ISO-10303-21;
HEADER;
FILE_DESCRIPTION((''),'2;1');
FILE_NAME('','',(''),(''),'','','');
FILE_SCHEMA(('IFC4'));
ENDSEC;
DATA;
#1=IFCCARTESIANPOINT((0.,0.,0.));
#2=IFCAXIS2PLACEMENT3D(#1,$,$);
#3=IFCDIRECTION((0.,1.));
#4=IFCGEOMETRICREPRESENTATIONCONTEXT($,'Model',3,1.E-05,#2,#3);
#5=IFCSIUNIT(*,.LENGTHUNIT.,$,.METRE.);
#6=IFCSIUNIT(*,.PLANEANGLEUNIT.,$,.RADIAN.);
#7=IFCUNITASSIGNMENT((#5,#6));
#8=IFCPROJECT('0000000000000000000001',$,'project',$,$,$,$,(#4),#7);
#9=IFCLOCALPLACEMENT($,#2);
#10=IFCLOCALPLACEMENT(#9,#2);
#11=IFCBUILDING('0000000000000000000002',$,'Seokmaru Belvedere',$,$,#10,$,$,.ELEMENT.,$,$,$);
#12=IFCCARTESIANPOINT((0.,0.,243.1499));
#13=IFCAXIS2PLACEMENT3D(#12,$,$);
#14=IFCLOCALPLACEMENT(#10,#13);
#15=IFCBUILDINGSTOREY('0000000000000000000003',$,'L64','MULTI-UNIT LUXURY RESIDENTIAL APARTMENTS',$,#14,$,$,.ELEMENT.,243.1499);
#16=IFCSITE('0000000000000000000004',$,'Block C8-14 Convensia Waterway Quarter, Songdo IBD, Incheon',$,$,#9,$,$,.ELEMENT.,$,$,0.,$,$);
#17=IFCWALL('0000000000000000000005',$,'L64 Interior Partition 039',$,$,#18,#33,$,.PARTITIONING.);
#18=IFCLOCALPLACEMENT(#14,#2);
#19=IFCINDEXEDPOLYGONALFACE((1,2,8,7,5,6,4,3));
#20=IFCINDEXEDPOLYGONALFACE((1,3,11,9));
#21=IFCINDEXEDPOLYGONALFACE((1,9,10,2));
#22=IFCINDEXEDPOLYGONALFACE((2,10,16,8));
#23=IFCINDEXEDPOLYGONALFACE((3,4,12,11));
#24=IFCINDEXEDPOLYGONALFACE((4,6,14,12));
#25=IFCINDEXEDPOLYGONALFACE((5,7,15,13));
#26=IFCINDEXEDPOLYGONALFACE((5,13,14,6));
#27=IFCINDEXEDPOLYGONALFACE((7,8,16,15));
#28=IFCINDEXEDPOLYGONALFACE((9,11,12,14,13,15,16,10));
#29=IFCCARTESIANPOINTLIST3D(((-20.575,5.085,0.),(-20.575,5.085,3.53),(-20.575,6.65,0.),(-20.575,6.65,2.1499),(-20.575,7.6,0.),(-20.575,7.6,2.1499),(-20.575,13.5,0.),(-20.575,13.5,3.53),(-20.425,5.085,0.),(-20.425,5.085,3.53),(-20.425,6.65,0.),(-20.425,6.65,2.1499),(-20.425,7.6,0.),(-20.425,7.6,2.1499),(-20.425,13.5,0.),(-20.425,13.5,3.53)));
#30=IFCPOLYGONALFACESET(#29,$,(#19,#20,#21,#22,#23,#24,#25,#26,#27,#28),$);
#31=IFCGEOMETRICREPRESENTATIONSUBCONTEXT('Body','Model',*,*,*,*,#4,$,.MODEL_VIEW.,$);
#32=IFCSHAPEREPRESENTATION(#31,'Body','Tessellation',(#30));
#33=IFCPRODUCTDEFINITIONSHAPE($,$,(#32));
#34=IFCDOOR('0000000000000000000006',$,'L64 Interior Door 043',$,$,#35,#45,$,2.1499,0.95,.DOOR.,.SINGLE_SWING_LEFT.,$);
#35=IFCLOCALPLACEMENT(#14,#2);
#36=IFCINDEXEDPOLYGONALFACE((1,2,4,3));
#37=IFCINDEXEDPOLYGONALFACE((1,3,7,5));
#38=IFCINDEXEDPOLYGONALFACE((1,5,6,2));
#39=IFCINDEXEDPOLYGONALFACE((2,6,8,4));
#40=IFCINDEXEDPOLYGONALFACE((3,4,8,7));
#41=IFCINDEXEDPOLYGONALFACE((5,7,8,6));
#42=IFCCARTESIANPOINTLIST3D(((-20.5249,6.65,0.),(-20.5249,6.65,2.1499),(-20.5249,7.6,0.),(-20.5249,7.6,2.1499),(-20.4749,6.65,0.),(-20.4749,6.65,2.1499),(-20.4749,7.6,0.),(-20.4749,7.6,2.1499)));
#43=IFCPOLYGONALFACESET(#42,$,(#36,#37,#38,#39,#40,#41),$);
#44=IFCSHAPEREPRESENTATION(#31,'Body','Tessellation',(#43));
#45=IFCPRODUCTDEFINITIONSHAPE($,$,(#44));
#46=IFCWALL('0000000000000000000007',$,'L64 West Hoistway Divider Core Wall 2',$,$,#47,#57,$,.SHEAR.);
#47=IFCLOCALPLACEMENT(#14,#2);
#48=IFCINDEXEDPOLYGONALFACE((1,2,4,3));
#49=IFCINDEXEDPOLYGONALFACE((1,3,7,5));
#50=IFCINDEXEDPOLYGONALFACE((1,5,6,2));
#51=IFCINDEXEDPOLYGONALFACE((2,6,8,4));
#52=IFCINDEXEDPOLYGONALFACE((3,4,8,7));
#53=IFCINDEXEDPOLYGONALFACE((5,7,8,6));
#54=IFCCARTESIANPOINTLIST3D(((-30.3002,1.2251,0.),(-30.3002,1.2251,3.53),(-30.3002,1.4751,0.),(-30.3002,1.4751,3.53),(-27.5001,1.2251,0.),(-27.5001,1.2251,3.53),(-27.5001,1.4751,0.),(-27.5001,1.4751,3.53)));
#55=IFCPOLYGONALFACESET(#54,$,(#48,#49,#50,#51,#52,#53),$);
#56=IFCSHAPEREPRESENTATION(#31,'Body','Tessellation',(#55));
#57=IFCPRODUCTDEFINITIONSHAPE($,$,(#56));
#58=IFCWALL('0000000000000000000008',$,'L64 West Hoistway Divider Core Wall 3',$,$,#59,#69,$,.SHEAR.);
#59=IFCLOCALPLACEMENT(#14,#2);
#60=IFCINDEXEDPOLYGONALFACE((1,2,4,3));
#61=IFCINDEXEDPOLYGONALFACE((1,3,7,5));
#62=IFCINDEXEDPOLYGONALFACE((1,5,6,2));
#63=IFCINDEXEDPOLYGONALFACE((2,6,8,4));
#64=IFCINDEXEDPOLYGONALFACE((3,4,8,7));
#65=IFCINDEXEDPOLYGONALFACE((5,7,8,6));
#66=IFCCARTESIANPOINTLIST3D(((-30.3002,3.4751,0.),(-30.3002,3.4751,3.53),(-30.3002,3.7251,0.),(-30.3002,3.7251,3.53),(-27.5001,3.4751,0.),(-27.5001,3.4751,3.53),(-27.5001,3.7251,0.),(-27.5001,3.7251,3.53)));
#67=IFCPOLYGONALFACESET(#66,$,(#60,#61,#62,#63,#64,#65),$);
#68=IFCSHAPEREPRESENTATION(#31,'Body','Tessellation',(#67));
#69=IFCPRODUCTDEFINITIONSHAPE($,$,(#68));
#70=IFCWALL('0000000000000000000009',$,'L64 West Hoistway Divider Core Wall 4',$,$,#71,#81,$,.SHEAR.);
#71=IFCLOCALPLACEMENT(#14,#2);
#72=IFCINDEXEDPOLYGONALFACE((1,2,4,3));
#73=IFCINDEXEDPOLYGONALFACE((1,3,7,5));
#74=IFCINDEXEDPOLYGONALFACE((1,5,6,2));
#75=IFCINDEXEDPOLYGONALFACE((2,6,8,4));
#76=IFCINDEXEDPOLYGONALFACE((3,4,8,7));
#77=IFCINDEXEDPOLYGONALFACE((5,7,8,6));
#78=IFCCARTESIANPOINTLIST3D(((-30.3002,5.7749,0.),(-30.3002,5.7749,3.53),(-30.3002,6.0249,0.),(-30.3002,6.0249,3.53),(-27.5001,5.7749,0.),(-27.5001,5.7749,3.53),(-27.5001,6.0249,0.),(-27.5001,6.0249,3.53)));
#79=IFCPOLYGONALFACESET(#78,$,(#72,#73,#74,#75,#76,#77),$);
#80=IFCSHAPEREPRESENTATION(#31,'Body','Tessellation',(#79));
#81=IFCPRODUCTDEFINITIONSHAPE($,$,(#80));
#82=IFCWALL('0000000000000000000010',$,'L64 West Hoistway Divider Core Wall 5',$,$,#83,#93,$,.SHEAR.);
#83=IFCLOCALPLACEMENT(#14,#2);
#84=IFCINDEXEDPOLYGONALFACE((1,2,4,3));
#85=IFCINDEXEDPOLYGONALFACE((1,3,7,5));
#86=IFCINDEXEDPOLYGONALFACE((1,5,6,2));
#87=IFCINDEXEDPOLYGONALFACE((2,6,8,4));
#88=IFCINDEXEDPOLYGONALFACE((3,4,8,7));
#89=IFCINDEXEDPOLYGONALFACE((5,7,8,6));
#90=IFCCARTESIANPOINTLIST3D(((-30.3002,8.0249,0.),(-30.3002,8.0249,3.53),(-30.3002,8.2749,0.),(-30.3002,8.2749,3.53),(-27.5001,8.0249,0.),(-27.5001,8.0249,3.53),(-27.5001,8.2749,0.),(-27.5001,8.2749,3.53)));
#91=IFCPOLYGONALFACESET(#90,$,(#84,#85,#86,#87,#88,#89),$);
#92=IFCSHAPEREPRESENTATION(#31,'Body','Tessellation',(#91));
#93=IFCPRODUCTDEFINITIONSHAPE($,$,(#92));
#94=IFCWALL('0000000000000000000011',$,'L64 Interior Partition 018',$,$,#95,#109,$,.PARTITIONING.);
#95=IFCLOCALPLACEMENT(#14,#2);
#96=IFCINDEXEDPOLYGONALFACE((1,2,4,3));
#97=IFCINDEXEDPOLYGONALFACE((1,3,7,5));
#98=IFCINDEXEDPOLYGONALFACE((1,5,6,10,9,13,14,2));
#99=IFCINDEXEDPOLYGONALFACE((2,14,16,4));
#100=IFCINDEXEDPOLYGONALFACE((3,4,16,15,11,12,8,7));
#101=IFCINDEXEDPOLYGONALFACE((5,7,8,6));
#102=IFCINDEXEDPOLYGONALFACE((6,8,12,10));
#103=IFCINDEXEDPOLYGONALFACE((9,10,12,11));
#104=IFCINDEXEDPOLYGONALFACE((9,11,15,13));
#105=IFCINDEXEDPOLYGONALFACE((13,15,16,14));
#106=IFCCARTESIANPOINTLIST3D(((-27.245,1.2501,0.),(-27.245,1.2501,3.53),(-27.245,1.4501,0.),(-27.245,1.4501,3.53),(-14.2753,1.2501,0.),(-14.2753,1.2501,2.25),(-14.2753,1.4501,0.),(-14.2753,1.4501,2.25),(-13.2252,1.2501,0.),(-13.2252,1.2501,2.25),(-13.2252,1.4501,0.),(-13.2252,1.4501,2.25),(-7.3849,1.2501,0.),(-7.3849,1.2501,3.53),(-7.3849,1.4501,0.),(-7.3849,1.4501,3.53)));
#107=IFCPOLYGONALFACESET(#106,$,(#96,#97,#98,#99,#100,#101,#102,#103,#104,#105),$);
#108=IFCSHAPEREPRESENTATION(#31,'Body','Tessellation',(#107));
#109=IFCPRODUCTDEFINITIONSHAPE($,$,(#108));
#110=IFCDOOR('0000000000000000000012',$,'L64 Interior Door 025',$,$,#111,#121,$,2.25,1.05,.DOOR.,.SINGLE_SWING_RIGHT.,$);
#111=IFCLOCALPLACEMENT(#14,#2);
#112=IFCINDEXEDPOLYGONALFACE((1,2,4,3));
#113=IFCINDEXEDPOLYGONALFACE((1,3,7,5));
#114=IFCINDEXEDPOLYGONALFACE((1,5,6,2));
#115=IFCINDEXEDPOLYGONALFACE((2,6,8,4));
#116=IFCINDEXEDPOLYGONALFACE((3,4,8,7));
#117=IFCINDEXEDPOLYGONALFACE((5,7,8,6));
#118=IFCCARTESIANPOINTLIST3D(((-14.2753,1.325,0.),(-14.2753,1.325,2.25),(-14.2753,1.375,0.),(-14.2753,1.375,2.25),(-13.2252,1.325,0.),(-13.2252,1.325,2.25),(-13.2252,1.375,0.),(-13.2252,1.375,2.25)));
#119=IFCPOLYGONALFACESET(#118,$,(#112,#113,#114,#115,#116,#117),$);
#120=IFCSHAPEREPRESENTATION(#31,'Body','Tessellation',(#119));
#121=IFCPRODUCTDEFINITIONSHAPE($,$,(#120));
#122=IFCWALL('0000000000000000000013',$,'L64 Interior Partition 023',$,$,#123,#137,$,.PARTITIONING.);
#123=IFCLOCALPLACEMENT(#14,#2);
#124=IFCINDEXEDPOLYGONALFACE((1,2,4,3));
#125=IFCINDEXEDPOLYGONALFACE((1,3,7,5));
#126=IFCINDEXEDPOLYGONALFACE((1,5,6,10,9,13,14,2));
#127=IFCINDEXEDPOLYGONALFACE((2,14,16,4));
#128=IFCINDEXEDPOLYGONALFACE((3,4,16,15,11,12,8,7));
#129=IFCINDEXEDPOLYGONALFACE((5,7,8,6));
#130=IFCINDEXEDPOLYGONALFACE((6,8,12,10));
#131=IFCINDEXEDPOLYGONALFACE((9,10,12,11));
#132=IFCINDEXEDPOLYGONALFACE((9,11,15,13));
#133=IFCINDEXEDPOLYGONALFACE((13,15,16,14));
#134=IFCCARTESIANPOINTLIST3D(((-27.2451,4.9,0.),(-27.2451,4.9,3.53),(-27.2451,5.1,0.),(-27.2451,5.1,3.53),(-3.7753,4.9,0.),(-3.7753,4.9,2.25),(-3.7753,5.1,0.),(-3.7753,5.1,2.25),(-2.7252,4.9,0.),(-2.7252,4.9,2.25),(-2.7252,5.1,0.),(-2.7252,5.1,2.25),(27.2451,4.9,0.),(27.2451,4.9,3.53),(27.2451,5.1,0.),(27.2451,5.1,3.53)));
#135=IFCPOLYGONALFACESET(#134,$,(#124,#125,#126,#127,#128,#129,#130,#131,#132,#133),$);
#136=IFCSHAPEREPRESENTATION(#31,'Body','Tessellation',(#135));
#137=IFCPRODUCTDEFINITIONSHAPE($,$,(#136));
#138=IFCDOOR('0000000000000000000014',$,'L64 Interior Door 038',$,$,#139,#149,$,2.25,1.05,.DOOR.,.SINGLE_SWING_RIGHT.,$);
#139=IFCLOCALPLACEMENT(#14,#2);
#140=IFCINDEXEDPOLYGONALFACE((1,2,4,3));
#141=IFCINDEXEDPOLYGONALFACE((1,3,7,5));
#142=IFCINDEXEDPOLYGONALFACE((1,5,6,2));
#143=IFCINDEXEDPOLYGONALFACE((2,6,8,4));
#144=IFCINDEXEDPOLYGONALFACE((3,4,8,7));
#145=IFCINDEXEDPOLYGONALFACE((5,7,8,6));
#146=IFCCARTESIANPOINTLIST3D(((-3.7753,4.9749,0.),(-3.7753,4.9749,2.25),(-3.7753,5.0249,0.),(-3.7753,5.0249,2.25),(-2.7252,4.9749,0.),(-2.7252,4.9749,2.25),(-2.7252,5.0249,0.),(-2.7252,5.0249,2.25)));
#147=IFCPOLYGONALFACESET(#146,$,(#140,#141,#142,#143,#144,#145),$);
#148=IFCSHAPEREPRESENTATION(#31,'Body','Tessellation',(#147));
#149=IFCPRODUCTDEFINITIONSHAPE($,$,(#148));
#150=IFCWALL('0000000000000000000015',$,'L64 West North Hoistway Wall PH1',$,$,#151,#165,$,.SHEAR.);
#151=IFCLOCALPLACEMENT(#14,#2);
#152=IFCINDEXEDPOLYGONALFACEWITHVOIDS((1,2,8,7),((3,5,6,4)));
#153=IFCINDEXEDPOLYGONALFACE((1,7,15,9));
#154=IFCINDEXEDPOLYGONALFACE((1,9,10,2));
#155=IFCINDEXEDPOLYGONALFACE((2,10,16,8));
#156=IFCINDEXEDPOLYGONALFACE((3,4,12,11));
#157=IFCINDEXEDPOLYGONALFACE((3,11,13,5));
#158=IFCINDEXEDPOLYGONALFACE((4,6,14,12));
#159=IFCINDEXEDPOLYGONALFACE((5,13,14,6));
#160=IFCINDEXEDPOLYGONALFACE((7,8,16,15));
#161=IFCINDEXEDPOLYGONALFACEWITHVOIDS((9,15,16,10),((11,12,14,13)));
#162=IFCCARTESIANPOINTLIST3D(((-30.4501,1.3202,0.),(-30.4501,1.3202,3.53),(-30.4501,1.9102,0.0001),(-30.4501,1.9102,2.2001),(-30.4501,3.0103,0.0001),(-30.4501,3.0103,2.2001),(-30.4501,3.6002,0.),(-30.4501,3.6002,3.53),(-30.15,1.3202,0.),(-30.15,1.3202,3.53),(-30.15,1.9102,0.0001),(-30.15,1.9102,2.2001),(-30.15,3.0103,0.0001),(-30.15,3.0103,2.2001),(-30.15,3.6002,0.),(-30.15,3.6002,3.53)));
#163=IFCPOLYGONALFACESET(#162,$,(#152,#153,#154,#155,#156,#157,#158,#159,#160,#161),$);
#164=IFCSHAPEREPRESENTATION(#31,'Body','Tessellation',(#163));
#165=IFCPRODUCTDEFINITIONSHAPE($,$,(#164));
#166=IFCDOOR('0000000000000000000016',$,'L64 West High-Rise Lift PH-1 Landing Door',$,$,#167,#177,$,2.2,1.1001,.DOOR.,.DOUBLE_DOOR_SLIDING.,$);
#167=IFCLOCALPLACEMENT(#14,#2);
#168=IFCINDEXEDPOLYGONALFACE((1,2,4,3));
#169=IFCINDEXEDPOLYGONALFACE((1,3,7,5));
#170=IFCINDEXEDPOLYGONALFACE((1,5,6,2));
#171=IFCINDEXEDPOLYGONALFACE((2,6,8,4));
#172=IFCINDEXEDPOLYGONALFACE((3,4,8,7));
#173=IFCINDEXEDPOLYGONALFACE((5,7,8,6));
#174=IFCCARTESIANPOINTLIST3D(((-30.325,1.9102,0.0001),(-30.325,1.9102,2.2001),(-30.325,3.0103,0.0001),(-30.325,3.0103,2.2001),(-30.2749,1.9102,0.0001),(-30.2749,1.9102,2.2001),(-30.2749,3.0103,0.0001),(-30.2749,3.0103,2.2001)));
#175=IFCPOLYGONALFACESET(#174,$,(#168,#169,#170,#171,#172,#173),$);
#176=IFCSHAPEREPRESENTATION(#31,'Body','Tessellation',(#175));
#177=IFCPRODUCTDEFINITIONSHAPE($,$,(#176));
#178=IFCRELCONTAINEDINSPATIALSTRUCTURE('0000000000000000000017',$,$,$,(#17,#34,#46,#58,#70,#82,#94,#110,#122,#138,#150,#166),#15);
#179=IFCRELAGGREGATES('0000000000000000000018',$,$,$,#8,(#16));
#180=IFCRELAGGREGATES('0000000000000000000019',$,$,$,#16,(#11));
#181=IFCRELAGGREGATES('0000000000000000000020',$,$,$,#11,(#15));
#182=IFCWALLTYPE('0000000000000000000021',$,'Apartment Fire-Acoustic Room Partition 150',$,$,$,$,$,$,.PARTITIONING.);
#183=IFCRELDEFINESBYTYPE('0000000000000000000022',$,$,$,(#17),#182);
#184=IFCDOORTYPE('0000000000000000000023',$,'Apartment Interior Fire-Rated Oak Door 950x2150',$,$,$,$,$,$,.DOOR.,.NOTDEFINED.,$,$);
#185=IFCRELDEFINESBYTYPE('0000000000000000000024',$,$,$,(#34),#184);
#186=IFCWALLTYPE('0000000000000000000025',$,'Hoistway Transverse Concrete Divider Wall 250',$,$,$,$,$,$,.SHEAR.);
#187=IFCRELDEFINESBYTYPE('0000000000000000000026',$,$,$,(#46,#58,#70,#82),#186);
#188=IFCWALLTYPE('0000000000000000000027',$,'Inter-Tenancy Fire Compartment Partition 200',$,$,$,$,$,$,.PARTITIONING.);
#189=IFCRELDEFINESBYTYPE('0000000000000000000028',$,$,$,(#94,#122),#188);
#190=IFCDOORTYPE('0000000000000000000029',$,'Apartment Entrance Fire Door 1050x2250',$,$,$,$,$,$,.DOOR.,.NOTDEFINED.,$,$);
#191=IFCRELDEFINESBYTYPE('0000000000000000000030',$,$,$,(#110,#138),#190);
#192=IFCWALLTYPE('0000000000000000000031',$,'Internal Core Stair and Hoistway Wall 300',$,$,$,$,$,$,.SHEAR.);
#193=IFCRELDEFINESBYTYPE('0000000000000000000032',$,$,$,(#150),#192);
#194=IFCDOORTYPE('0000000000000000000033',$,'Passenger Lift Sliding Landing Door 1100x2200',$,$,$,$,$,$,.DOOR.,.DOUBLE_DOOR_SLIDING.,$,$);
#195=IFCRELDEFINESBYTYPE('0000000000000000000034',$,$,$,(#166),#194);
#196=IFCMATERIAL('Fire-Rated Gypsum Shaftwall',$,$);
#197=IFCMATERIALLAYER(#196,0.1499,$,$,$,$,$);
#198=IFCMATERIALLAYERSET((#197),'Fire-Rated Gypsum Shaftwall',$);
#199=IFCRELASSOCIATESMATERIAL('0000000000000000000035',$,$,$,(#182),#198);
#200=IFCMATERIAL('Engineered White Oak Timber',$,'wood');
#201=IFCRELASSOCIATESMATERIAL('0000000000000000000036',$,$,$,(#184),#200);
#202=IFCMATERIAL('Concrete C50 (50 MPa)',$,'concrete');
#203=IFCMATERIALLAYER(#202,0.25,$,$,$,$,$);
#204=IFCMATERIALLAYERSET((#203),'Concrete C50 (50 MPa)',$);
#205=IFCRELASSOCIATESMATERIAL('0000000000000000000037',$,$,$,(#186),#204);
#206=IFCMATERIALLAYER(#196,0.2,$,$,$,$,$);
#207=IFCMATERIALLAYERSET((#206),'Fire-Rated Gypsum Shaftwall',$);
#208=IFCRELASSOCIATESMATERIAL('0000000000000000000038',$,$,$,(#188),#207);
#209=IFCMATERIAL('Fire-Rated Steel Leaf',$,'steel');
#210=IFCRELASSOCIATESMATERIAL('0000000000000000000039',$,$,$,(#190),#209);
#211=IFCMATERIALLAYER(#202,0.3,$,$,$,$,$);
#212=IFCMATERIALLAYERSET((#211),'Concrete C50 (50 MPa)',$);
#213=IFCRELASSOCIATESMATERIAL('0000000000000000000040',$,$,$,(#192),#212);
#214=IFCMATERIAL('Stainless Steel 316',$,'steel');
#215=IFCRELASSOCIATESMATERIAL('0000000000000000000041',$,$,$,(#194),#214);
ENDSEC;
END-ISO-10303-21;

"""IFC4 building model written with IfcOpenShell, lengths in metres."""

from ifc_helpers import new_model, si_unit, direction, frame, frame_2d, origin, place, context, subcontext, project, spatial, rectangle, extrude, source, transform, mapped, material, layer, layer_set, type_object, type_shapes, element, fill, save


model = new_model("IFC4")

# Units and contexts
model_context = context("Model", 3, precision=1e-05, world=origin(), true_north=direction((0.0, 1.0)))
body_context = subcontext(model_context, "Body", "Model", "MODEL_VIEW")
ifc_project = project(units=[si_unit("LENGTHUNIT", "METRE"), si_unit("PLANEANGLEUNIT", "RADIAN")], contexts=[model_context])

# Site, building, storey
site_placement = place(None, origin())
site = spatial("IfcSite", under=ifc_project, at=site_placement, Name="Block C8-14 Convensia Waterway Quarter, Songdo IBD, Incheon", CompositionType="ELEMENT", RefElevation=0.0)
building_placement = place(site_placement, origin())
building = spatial("IfcBuilding", under=site, at=building_placement, Name="Seokmaru Belvedere", CompositionType="ELEMENT")
storey_placement = place(building_placement, frame((0.0, 0.0, 243.1499)))
storey = spatial("IfcBuildingStorey", under=building, at=storey_placement, Name="L64", Description="MULTI-UNIT LUXURY RESIDENTIAL APARTMENTS", CompositionType="ELEMENT", Elevation=243.1499)

# Wall, opening, door
ifc_material_1 = material(Name="Fire-Rated Gypsum Shaftwall")
ifc_layer_1 = layer(ifc_material_1, 0.1499)
ifc_layer_set_1 = layer_set([ifc_layer_1], Name="Fire-Rated Gypsum Shaftwall")
wall_type_1 = type_object("IfcWallType", Name="Apartment Fire-Acoustic Room Partition 150", PredefinedType="PARTITIONING", material=ifc_layer_set_1)
ifc_material_2 = material(Name="Engineered White Oak Timber", Category="wood")
door_type_1 = type_object("IfcDoorType", Name="Apartment Interior Fire-Rated Oak Door 950x2150", OperationType="NOTDEFINED", PredefinedType="DOOR", material=ifc_material_2)
shared_shape_1 = source(origin(), body_context, "Body", "SweptSolid", [
    extrude(rectangle(XDim=0.95, YDim=2.1499, at=frame_2d((0.4751, 1.075))), frame((0.0, 0.0249, 0.0), z_axis=(0.0, -1.0, 0.0), x_axis=(1.0, 0.0, 0.0)), (0.0, 0.0, 1.0), 0.05),
])
type_shapes(door_type_1, [shared_shape_1])
wall_1_placement = place(storey_placement, frame((-20.5, 5.085, 0.0), z_axis=(0.0, 0.0, 1.0), x_axis=(0.0, 1.0, 0.0)))
wall_1 = element("IfcWall", 1, at=wall_1_placement, inside=storey, type_object=wall_type_1, Name="L64 Interior Partition 039", PredefinedType="PARTITIONING", context=body_context, shape_type="SweptSolid", body=[
    extrude(rectangle(XDim=8.415, YDim=0.1499, at=frame_2d((4.2075, 0.0))), origin(), (0.0, 0.0, 1.0), 3.53),
])
opening_1_placement = place(wall_1_placement, frame((1.5649, 0.0, 0.0)))
opening_1 = element("IfcOpeningElement", 2, at=opening_1_placement, cuts=wall_1, PredefinedType="OPENING", context=body_context, shape_type="SweptSolid", body=[
    extrude(rectangle(XDim=0.95, YDim=2.1499, at=frame_2d((0.4751, 1.075))), frame((0.0, 0.085, 0.0), z_axis=(0.0, -1.0, 0.0), x_axis=(1.0, 0.0, 0.0)), (0.0, 0.0, 1.0), 0.1699),
])
door_1_placement = place(opening_1_placement, origin())
door_1 = element("IfcDoor", 3, at=door_1_placement, inside=storey, type_object=door_type_1, Name="L64 Interior Door 043", OperationType="SINGLE_SWING_LEFT", OverallHeight=2.1499, OverallWidth=0.95, PredefinedType="DOOR", context=body_context, shape_type="MappedRepresentation", body=[
    mapped(shared_shape_1, transform((0.0, 0.0, 0.0), scale=1.0)),
])
fill(opening_1, door_1)

# Walls
ifc_material_3 = material(Name="Concrete C50 (50 MPa)", Category="concrete")
ifc_layer_2 = layer(ifc_material_3, 0.25)
ifc_layer_set_2 = layer_set([ifc_layer_2], Name="Concrete C50 (50 MPa)")
wall_type_2 = type_object("IfcWallType", Name="Hoistway Transverse Concrete Divider Wall 250", PredefinedType="SHEAR", material=ifc_layer_set_2)
for number, where, z_axis, x_axis, name in (
    (4, (-30.3, 1.3501, 0.0), (0.0, 0.0, 1.0), (1.0, 0.0, 0.0), "L64 West Hoistway Divider Core Wall 2"),
    (5, (-30.3, 3.6001, 0.0), (0.0, 0.0, 1.0), (1.0, 0.0, 0.0), "L64 West Hoistway Divider Core Wall 3"),
    (6, (-30.3, 5.8999, 0.0), (0.0, 0.0, 1.0), (1.0, 0.0, 0.0), "L64 West Hoistway Divider Core Wall 4"),
    (7, (-30.3, 8.1499, 0.0), (0.0, 0.0, 1.0), (1.0, 0.0, 0.0), "L64 West Hoistway Divider Core Wall 5"),
):
    element("IfcWall", number, at=place(storey_placement, frame(where, z_axis=z_axis, x_axis=x_axis)), inside=storey, type_object=wall_type_2, Name=name, PredefinedType="SHEAR", context=body_context, shape_type="SweptSolid", body=[
        extrude(rectangle(XDim=2.8, YDim=0.25, at=frame_2d((1.3999, 0.0))), origin(), (0.0, 0.0, 1.0), 3.53),
    ])

# Walls, openings, doors
ifc_layer_3 = layer(ifc_material_1, 0.2)
ifc_layer_set_3 = layer_set([ifc_layer_3], Name="Fire-Rated Gypsum Shaftwall")
wall_type_3 = type_object("IfcWallType", Name="Inter-Tenancy Fire Compartment Partition 200", PredefinedType="PARTITIONING", material=ifc_layer_set_3)
wall_2_placement = place(storey_placement, frame((-27.2451, 1.3501, 0.0), z_axis=(0.0, 0.0, 1.0), x_axis=(1.0, 0.0, 0.0)))
wall_2 = element("IfcWall", 8, at=wall_2_placement, inside=storey, type_object=wall_type_3, Name="L64 Interior Partition 018", PredefinedType="PARTITIONING", context=body_context, shape_type="SweptSolid", body=[
    extrude(rectangle(XDim=19.8601, YDim=0.2, at=frame_2d((9.9302, 0.0))), origin(), (0.0, 0.0, 1.0), 3.53),
])
opening_2_placement = place(wall_2_placement, frame((12.97, 0.0, 0.0)))
opening_2 = element("IfcOpeningElement", 9, at=opening_2_placement, cuts=wall_2, PredefinedType="OPENING", context=body_context, shape_type="SweptSolid", body=[
    extrude(rectangle(XDim=1.05, YDim=2.25, at=frame_2d((0.5249, 1.125))), frame((0.0, 0.1099, 0.0), z_axis=(0.0, -1.0, 0.0), x_axis=(1.0, 0.0, 0.0)), (0.0, 0.0, 1.0), 0.22),
])
ifc_material_4 = material(Name="Fire-Rated Steel Leaf", Category="steel")
door_type_2 = type_object("IfcDoorType", Name="Apartment Entrance Fire Door 1050x2250", OperationType="NOTDEFINED", PredefinedType="DOOR", material=ifc_material_4)
shared_shape_2 = source(origin(), body_context, "Body", "SweptSolid", [
    extrude(rectangle(XDim=1.05, YDim=2.25, at=frame_2d((0.5249, 1.125))), frame((0.0, 0.0249, 0.0), z_axis=(0.0, -1.0, 0.0), x_axis=(1.0, 0.0, 0.0)), (0.0, 0.0, 1.0), 0.05),
])
type_shapes(door_type_2, [shared_shape_2])
door_2_placement = place(opening_2_placement, origin())
door_2 = element("IfcDoor", 10, at=door_2_placement, inside=storey, type_object=door_type_2, Name="L64 Interior Door 025", OperationType="SINGLE_SWING_RIGHT", OverallHeight=2.25, OverallWidth=1.05, PredefinedType="DOOR", context=body_context, shape_type="MappedRepresentation", body=[
    mapped(shared_shape_2, transform((0.0, 0.0, 0.0), scale=1.0)),
])
fill(opening_2, door_2)
wall_3_placement = place(storey_placement, frame((-27.2451, 5.0, 0.0), z_axis=(0.0, 0.0, 1.0), x_axis=(1.0, 0.0, 0.0)))
wall_3 = element("IfcWall", 11, at=wall_3_placement, inside=storey, type_object=wall_type_3, Name="L64 Interior Partition 023", PredefinedType="PARTITIONING", context=body_context, shape_type="SweptSolid", body=[
    extrude(rectangle(XDim=54.4902, YDim=0.2, at=frame_2d((27.2451, 0.0))), origin(), (0.0, 0.0, 1.0), 3.53),
])
opening_3_placement = place(wall_3_placement, frame((23.47, 0.0, 0.0)))
opening_3 = element("IfcOpeningElement", 12, at=opening_3_placement, cuts=wall_3, PredefinedType="OPENING", context=body_context, shape_type="SweptSolid", body=[
    extrude(rectangle(XDim=1.05, YDim=2.25, at=frame_2d((0.5249, 1.125))), frame((0.0, 0.1099, 0.0), z_axis=(0.0, -1.0, 0.0), x_axis=(1.0, 0.0, 0.0)), (0.0, 0.0, 1.0), 0.22),
])
door_3_placement = place(opening_3_placement, origin())
door_3 = element("IfcDoor", 13, at=door_3_placement, inside=storey, type_object=door_type_2, Name="L64 Interior Door 038", OperationType="SINGLE_SWING_RIGHT", OverallHeight=2.25, OverallWidth=1.05, PredefinedType="DOOR", context=body_context, shape_type="MappedRepresentation", body=[
    mapped(shared_shape_2, transform((0.0, 0.0, 0.0), scale=1.0)),
])
fill(opening_3, door_3)
ifc_layer_4 = layer(ifc_material_3, 0.3)
ifc_layer_set_4 = layer_set([ifc_layer_4], Name="Concrete C50 (50 MPa)")
wall_type_4 = type_object("IfcWallType", Name="Internal Core Stair and Hoistway Wall 300", PredefinedType="SHEAR", material=ifc_layer_set_4)
wall_4_placement = place(storey_placement, frame((-30.3, 1.3201, 0.0), z_axis=(0.0, 0.0, 1.0), x_axis=(0.0, 1.0, 0.0)))
wall_4 = element("IfcWall", 14, at=wall_4_placement, inside=storey, type_object=wall_type_4, Name="L64 West North Hoistway Wall PH1", PredefinedType="SHEAR", context=body_context, shape_type="SweptSolid", body=[
    extrude(rectangle(XDim=2.28, YDim=0.3, at=frame_2d((1.1401, 0.0))), origin(), (0.0, 0.0, 1.0), 3.53),
])
opening_4_placement = place(wall_4_placement, frame((0.5901, 0.0, 0.0)))
opening_4 = element("IfcOpeningElement", 15, at=opening_4_placement, cuts=wall_4, PredefinedType="OPENING", context=body_context, shape_type="SweptSolid", body=[
    extrude(rectangle(XDim=1.1001, YDim=2.2, at=frame_2d((0.55, 1.1001))), frame((0.0, 0.1602, 0.0), z_axis=(0.0, -1.0, 0.0), x_axis=(1.0, 0.0, 0.0)), (0.0, 0.0, 1.0), 0.3201),
])
ifc_material_5 = material(Name="Stainless Steel 316", Category="steel")
door_type_3 = type_object("IfcDoorType", Name="Passenger Lift Sliding Landing Door 1100x2200", OperationType="DOUBLE_DOOR_SLIDING", PredefinedType="DOOR", material=ifc_material_5)
shared_shape_3 = source(origin(), body_context, "Body", "SweptSolid", [
    extrude(rectangle(XDim=1.1001, YDim=2.2, at=frame_2d((0.55, 1.1001))), frame((0.0, 0.0249, 0.0), z_axis=(0.0, -1.0, 0.0), x_axis=(1.0, 0.0, 0.0)), (0.0, 0.0, 1.0), 0.05),
])
type_shapes(door_type_3, [shared_shape_3])
door_4_placement = place(opening_4_placement, origin())
door_4 = element("IfcDoor", 16, at=door_4_placement, inside=storey, type_object=door_type_3, Name="L64 West High-Rise Lift PH-1 Landing Door", OperationType="DOUBLE_DOOR_SLIDING", OverallHeight=2.2, OverallWidth=1.1001, PredefinedType="DOOR", context=body_context, shape_type="MappedRepresentation", body=[
    mapped(shared_shape_3, transform((0.0, 0.0, 0.0), scale=1.0)),
])
fill(opening_4, door_4)

save(model, "model.ifc")
